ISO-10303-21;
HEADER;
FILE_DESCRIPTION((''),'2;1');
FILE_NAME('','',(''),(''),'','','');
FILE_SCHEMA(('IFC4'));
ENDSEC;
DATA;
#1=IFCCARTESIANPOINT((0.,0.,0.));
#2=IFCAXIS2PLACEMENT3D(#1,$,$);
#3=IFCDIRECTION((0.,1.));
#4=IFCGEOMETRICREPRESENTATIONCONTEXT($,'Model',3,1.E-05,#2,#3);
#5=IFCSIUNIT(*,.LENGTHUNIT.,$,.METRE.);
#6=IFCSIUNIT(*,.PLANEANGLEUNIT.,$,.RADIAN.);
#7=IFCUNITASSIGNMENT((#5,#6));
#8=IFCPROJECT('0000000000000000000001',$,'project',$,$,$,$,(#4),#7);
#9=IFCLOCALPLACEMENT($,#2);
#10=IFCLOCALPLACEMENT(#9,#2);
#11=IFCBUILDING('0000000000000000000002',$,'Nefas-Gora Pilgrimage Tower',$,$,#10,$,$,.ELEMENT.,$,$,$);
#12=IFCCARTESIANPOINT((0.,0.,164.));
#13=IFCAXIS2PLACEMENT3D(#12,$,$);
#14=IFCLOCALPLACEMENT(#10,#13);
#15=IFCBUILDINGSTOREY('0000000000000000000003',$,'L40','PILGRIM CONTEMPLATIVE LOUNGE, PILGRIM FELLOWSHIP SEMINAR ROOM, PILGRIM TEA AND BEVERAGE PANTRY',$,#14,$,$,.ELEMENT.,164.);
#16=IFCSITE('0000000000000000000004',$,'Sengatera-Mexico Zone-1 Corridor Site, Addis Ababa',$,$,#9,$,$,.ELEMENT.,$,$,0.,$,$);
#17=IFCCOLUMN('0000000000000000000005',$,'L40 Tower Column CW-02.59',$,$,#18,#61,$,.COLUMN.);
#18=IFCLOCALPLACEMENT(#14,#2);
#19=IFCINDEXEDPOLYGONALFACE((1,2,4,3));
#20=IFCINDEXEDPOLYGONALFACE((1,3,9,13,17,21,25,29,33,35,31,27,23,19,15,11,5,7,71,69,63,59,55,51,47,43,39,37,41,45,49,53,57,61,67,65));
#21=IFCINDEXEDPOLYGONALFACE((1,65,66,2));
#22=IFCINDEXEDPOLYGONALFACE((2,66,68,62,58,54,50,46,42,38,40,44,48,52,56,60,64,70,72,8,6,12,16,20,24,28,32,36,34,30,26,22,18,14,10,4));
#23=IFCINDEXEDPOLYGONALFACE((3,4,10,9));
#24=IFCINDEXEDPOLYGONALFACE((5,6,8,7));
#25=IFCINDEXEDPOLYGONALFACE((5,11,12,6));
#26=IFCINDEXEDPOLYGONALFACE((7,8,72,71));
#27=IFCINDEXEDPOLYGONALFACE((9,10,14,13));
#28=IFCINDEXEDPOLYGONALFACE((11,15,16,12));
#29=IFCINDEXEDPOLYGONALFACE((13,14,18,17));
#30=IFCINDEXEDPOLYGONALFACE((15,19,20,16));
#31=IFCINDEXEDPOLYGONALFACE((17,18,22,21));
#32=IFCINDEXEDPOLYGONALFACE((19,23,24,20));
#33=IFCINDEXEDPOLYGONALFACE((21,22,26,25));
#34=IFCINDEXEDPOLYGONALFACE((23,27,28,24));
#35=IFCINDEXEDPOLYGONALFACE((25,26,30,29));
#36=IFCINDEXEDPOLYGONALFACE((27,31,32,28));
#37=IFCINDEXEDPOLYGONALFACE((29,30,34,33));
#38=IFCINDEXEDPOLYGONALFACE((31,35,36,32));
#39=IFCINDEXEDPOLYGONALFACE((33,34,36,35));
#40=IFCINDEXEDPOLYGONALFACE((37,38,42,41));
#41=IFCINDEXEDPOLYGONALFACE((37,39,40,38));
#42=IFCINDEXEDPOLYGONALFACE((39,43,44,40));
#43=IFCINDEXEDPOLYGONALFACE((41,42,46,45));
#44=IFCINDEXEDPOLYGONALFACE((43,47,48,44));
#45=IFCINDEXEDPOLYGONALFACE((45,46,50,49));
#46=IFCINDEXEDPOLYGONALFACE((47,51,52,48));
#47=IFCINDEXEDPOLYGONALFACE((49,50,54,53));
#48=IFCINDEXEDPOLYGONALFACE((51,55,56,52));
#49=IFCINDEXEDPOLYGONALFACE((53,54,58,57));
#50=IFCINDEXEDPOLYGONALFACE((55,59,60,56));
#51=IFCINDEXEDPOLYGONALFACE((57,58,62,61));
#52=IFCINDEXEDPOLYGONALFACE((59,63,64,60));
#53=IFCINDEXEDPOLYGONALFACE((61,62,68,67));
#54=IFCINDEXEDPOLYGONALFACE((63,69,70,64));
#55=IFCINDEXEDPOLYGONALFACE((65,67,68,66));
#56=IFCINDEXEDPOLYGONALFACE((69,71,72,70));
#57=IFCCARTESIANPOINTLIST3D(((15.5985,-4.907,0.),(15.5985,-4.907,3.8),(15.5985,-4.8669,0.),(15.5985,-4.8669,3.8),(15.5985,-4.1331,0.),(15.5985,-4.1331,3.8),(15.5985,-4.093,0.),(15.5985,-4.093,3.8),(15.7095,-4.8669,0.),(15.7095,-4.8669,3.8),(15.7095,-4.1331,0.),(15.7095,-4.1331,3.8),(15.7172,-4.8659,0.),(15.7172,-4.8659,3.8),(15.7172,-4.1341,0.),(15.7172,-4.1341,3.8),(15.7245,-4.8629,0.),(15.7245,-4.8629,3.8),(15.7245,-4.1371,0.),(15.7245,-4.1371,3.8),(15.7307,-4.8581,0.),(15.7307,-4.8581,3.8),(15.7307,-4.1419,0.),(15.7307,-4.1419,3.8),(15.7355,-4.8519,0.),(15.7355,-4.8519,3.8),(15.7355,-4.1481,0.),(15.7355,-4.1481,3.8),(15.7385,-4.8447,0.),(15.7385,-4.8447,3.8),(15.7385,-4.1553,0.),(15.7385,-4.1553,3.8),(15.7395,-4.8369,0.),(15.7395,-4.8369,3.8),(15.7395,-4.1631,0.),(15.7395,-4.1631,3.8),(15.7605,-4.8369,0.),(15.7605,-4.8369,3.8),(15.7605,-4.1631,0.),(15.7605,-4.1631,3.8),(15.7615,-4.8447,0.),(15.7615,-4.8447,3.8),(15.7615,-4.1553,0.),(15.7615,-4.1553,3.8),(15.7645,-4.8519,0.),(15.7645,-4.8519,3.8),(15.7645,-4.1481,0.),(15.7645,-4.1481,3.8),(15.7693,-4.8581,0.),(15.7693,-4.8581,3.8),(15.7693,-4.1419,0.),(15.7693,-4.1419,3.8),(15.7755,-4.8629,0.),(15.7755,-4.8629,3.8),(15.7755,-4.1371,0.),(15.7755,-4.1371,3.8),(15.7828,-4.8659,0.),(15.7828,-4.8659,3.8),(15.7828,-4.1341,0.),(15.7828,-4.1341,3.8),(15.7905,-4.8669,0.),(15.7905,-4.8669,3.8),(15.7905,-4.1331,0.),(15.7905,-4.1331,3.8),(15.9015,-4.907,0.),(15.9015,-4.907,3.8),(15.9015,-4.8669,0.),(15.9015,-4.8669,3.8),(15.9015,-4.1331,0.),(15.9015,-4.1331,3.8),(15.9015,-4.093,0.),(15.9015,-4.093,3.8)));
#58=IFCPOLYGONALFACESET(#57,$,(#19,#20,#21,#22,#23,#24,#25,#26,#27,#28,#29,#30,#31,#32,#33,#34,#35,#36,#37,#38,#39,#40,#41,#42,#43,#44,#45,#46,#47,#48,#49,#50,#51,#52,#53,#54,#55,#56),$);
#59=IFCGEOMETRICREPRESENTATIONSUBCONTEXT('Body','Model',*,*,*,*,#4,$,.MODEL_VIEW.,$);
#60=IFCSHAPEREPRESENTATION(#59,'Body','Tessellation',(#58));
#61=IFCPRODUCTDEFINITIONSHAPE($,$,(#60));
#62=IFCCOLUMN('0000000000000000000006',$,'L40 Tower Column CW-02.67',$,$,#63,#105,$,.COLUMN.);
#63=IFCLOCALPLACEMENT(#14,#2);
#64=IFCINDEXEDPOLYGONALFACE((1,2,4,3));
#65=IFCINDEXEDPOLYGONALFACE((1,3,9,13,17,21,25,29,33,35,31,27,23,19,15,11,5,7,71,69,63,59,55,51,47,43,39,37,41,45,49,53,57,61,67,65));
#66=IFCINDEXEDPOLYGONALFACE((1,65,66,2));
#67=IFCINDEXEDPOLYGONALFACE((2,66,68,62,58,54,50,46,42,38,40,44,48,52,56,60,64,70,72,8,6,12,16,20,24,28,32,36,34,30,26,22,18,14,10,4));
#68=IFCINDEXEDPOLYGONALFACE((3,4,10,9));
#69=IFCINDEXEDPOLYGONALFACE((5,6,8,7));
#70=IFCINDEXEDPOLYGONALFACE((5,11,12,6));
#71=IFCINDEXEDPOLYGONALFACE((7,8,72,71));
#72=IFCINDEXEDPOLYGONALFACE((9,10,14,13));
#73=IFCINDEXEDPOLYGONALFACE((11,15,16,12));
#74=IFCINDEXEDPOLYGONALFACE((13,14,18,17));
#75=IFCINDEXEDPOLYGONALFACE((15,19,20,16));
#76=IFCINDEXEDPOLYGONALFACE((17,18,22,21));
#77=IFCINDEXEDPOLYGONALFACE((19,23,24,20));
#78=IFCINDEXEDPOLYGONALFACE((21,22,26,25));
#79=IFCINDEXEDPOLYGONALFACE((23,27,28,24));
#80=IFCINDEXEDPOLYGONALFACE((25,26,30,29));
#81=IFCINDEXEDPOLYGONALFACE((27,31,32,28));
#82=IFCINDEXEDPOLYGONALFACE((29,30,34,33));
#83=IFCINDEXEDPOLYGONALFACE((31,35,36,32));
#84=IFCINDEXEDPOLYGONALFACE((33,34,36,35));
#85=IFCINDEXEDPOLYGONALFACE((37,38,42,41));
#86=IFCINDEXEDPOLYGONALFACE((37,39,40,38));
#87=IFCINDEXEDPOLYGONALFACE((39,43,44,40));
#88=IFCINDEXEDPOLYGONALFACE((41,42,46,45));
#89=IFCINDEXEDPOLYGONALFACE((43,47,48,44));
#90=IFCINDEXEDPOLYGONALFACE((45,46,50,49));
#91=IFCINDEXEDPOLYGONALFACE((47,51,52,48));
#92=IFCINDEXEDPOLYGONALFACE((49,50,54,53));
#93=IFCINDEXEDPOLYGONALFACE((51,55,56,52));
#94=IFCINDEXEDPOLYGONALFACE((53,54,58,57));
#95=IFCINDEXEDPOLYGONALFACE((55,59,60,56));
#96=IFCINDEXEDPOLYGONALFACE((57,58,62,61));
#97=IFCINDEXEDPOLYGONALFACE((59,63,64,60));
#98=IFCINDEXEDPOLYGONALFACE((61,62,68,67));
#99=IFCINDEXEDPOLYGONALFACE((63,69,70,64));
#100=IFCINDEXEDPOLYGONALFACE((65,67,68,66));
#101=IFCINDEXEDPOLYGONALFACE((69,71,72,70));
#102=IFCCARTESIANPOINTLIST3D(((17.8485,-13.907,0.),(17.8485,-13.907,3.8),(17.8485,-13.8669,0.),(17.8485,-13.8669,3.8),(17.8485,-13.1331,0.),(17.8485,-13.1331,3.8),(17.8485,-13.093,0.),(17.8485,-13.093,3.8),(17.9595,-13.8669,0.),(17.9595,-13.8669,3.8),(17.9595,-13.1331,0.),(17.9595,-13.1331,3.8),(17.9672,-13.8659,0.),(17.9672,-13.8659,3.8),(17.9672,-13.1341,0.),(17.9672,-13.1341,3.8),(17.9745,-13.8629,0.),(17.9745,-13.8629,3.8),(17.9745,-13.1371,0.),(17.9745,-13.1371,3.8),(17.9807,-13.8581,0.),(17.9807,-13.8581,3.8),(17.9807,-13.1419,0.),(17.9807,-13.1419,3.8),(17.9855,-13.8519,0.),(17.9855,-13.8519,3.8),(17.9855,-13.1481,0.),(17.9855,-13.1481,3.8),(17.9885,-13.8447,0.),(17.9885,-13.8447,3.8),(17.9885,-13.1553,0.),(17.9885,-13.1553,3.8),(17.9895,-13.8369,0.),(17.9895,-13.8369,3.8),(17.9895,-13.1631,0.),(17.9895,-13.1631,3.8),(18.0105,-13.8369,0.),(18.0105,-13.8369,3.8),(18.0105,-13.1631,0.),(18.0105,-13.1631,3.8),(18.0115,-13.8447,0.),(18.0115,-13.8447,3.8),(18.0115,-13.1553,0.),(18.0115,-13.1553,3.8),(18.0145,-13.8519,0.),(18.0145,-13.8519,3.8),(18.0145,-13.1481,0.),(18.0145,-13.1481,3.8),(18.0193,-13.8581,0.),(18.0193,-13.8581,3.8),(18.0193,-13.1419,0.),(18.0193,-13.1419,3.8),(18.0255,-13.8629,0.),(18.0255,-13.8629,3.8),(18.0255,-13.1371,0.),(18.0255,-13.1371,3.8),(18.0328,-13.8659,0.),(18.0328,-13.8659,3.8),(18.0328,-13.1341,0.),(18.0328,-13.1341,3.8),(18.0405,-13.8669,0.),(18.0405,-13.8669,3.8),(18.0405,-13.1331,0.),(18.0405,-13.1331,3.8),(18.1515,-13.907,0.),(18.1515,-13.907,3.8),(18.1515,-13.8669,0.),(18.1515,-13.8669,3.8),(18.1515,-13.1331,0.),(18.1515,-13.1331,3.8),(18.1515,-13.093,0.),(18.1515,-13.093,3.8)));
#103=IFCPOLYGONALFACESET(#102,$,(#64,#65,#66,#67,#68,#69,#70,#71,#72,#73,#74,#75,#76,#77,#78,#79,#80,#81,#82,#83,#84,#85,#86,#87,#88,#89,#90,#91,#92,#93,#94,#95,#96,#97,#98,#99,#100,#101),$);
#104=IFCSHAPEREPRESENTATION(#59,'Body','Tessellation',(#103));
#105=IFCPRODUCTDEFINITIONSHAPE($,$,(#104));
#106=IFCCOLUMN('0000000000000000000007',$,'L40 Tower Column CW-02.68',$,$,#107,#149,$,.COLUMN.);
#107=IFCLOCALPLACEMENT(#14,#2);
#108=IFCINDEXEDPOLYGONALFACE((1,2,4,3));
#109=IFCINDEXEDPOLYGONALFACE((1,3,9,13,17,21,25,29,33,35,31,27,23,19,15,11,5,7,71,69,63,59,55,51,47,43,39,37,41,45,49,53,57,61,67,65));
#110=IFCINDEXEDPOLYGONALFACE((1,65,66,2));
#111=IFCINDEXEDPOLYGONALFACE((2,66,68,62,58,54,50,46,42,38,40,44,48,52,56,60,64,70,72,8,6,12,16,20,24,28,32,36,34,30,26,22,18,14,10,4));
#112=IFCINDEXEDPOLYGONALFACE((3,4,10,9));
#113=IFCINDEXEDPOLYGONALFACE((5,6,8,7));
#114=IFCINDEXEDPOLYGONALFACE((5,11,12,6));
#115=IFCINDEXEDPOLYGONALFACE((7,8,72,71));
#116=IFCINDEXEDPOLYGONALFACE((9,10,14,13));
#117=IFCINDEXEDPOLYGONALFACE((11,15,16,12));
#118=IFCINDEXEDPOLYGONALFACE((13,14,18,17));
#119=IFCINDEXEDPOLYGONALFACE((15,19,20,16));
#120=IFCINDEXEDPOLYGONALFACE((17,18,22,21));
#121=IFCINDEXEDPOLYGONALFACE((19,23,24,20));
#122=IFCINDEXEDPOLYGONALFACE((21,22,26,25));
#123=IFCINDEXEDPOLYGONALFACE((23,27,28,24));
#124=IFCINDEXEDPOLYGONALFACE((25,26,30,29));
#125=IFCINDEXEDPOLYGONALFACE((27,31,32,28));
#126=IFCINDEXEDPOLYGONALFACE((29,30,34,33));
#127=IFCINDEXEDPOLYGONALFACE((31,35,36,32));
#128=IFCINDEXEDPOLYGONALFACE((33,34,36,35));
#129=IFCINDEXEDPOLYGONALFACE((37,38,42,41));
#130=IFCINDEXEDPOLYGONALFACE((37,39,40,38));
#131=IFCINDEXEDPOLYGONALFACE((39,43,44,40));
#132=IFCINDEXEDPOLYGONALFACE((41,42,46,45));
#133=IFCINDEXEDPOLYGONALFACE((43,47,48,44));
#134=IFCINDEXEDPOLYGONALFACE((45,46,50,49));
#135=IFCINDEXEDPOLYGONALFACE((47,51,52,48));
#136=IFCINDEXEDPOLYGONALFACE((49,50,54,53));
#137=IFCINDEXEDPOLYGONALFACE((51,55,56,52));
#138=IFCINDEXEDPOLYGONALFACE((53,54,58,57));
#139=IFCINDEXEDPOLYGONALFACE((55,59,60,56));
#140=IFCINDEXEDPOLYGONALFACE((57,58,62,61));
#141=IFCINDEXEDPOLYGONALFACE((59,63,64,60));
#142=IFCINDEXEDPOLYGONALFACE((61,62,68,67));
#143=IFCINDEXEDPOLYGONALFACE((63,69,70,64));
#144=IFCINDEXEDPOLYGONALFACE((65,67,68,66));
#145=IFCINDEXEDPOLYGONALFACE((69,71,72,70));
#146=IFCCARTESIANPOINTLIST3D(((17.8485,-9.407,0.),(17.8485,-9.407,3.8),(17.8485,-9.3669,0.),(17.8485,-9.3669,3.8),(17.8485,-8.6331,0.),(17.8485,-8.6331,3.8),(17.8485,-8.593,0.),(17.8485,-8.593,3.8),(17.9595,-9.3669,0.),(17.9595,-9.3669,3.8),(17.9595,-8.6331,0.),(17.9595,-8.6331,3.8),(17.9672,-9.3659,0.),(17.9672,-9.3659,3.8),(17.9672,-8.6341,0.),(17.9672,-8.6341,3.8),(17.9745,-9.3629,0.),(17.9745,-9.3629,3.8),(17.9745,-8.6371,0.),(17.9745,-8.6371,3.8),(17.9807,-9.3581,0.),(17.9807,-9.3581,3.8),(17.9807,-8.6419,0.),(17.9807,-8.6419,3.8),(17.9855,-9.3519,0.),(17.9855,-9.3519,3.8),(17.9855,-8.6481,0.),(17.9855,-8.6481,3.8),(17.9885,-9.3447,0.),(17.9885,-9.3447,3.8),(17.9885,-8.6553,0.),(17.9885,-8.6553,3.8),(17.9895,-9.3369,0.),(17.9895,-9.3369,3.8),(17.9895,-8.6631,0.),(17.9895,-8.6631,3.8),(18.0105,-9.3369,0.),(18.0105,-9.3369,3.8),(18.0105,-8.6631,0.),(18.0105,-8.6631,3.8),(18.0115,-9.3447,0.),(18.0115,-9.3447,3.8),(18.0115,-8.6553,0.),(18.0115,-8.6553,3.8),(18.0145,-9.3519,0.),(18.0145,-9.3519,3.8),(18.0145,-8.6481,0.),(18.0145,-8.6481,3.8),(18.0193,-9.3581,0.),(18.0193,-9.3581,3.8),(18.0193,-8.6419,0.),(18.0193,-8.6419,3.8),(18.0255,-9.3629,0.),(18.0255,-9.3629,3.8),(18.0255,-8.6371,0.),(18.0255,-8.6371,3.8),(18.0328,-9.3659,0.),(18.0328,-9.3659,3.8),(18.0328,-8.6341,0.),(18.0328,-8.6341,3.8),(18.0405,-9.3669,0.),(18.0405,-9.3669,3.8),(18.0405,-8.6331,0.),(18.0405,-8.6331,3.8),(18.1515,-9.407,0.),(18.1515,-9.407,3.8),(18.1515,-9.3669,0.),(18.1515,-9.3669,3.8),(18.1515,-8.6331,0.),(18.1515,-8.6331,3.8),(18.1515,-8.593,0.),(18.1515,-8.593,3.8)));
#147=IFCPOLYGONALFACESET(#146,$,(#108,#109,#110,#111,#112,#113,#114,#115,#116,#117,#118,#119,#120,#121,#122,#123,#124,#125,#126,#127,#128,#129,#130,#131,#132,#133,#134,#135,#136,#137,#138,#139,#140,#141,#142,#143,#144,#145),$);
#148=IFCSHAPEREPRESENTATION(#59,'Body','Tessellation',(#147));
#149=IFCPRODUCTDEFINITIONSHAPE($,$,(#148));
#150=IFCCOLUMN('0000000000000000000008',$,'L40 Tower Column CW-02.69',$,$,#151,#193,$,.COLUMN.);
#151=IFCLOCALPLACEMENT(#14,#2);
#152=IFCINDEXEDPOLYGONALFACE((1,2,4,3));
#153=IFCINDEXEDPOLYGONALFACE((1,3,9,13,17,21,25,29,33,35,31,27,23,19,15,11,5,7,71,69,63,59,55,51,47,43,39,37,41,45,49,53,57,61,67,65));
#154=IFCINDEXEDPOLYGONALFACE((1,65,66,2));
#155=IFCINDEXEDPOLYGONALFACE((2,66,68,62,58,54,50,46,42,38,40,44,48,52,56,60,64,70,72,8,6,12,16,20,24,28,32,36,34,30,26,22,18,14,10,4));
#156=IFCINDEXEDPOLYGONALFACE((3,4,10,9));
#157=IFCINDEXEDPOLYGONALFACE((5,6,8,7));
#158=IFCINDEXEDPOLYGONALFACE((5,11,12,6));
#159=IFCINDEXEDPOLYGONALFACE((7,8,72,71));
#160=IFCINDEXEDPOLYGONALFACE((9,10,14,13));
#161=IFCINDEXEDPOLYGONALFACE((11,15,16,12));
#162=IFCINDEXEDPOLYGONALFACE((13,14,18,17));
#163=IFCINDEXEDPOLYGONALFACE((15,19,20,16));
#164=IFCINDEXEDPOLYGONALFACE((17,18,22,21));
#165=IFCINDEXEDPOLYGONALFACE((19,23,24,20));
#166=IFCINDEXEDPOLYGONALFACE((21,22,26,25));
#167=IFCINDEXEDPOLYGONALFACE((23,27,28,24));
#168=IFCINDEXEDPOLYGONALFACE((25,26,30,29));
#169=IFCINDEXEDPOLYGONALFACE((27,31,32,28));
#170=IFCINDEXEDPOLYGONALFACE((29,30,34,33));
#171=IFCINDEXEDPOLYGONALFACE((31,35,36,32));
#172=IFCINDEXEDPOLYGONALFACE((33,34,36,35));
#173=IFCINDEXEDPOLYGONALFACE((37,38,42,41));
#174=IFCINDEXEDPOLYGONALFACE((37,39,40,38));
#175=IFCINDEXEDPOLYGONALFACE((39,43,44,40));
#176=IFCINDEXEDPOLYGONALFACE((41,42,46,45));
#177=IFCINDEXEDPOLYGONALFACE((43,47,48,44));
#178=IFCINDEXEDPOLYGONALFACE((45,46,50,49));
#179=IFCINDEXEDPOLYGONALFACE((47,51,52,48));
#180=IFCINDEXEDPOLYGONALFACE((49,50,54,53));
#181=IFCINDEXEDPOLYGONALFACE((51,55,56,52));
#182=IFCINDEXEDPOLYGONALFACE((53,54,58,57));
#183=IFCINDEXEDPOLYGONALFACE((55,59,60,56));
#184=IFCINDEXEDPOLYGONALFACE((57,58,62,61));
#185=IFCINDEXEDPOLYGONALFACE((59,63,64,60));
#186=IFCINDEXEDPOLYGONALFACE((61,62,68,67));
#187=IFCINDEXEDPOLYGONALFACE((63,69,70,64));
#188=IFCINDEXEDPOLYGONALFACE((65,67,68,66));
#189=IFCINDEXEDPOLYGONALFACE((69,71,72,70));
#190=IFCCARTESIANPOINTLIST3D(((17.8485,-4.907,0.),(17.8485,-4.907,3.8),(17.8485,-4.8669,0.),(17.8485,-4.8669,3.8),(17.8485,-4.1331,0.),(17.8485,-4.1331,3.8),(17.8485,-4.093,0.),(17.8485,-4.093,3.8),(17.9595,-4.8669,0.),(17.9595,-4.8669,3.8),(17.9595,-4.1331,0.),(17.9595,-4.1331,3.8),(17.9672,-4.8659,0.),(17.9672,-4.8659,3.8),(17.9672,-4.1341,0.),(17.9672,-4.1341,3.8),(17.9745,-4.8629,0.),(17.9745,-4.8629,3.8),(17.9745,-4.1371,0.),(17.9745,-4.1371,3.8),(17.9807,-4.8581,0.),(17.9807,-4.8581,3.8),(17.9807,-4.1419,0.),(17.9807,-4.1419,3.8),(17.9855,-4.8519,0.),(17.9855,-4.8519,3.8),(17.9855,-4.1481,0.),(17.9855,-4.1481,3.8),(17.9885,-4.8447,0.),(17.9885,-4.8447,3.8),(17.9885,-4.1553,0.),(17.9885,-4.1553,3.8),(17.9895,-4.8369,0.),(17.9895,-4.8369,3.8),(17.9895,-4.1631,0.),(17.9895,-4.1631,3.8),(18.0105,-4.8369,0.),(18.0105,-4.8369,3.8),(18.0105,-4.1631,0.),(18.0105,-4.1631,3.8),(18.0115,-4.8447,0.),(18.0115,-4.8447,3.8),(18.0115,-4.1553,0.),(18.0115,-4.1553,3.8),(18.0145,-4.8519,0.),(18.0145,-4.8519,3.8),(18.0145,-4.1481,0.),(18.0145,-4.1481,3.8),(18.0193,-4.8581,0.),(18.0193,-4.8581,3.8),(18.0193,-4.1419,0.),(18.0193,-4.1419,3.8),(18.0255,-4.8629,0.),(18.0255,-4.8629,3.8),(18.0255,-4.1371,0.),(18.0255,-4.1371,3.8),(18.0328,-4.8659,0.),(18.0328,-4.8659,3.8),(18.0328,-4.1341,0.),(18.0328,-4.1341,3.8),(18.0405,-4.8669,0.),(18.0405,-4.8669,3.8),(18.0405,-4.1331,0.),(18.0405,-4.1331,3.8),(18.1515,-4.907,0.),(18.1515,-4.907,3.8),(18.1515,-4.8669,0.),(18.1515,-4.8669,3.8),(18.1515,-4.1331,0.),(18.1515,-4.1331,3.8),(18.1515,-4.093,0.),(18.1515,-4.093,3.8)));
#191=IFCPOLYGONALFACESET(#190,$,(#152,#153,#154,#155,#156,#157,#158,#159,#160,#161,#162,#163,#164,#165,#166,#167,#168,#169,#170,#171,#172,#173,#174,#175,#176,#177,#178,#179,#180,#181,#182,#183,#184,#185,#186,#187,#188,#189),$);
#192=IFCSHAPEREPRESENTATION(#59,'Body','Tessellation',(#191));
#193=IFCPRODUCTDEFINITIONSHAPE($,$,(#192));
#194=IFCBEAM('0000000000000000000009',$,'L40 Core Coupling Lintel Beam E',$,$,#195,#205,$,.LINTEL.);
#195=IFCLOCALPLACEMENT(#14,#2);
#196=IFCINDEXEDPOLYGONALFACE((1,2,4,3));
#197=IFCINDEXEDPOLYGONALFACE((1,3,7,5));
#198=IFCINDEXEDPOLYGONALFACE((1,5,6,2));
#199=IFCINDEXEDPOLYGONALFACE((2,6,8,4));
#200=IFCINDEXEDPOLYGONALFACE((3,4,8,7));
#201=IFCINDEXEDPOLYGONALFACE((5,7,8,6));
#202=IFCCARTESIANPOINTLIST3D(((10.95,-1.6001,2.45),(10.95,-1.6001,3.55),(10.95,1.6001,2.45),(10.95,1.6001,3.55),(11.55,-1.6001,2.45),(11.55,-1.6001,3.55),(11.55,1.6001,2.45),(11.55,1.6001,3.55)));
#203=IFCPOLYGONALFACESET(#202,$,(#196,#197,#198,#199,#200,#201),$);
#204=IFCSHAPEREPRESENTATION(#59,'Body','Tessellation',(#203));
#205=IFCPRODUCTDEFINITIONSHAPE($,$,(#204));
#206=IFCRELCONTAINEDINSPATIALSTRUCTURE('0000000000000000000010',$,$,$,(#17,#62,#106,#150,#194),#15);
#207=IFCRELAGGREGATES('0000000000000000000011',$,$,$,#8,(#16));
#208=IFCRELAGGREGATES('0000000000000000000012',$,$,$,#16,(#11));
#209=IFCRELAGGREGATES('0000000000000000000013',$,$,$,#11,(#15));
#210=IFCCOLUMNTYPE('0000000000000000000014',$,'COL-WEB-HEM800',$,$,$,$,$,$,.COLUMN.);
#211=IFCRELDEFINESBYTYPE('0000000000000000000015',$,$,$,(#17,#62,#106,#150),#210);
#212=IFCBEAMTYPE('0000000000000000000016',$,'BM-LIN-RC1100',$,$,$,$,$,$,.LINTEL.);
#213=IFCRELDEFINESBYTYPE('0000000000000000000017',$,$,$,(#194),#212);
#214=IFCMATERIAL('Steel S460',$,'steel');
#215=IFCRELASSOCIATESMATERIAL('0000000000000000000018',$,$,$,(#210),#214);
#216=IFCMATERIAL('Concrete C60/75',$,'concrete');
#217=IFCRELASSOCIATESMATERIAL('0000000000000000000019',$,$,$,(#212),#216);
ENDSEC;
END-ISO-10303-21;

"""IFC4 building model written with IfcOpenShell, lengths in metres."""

from ifc_helpers import new_model, si_unit, direction, frame, origin, origin_2d, place, context, subcontext, project, spatial, rectangle, i_section, extrude, source, transform, mapped, material, material_profile, profile_set, type_object, element, save


model = new_model("IFC4")

# Units and contexts
model_context = context("Model", 3, precision=1e-05, world=origin(), true_north=direction((0.0, 1.0)))
body_context = subcontext(model_context, "Body", "Model", "MODEL_VIEW")
ifc_project = project(units=[si_unit("LENGTHUNIT", "METRE"), si_unit("PLANEANGLEUNIT", "RADIAN")], contexts=[model_context])

# Site, building, storey
site_placement = place(None, origin())
site = spatial("IfcSite", under=ifc_project, at=site_placement, Name="Sengatera-Mexico Zone-1 Corridor Site, Addis Ababa", CompositionType="ELEMENT", RefElevation=0.0)
building_placement = place(site_placement, origin())
building = spatial("IfcBuilding", under=site, at=building_placement, Name="Nefas-Gora Pilgrimage Tower", CompositionType="ELEMENT")
storey_placement = place(building_placement, frame((0.0, 0.0, 164.0)))
storey = spatial("IfcBuildingStorey", under=building, at=storey_placement, Name="L40", Description="PILGRIM CONTEMPLATIVE LOUNGE, PILGRIM FELLOWSHIP SEMINAR ROOM, PILGRIM TEA AND BEVERAGE PANTRY", CompositionType="ELEMENT", Elevation=164.0)

# Columns
ifc_material_1 = material(Name="Steel S460", Category="steel")
ifc_material_profile_1 = material_profile(ifc_material_1, i_section(OverallWidth=0.303, OverallDepth=0.814, WebThickness=0.021, FlangeThickness=0.04, FilletRadius=0.03, at=origin_2d()), Name="HEM 800")
ifc_profile_set_1 = profile_set([ifc_material_profile_1], Name="Steel S460")
column_type_1 = type_object("IfcColumnType", Name="COL-WEB-HEM800", PredefinedType="COLUMN", material=ifc_profile_set_1)
shared_shape_1 = source(origin(), body_context, "Body", "SweptSolid", [
    extrude(i_section(OverallWidth=0.303, OverallDepth=0.814, WebThickness=0.021, FlangeThickness=0.04, FilletRadius=0.03, at=origin_2d()), origin(), (0.0, 0.0, 1.0), 3.8),
])
for number, where, z_axis, x_axis, name in (
    (1, (15.75, -4.5, 0.0), (0.0, 0.0, 1.0), (1.0, 0.0, 0.0), "L40 Tower Column CW-02.59"),
    (2, (18.0, -13.5, 0.0), (0.0, 0.0, 1.0), (1.0, 0.0, 0.0), "L40 Tower Column CW-02.67"),
    (3, (18.0, -9.0, 0.0), (0.0, 0.0, 1.0), (1.0, 0.0, 0.0), "L40 Tower Column CW-02.68"),
    (4, (18.0, -4.5, 0.0), (0.0, 0.0, 1.0), (1.0, 0.0, 0.0), "L40 Tower Column CW-02.69"),
):
    element("IfcColumn", number, at=place(storey_placement, frame(where, z_axis=z_axis, x_axis=x_axis)), inside=storey, type_object=column_type_1, Name=name, PredefinedType="COLUMN", context=body_context, shape_type="MappedRepresentation", body=[
        mapped(shared_shape_1, transform((0.0, 0.0, 0.0), x_axis=(1.0, 0.0, 0.0), y_axis=(0.0, 1.0, 0.0), z_axis=(0.0, 0.0, 1.0), scale=1.0)),
    ])

# Beam
ifc_material_2 = material(Name="Concrete C60/75", Category="concrete")
ifc_material_profile_2 = material_profile(ifc_material_2, rectangle(XDim=0.6001, YDim=1.1001, at=origin_2d()), Name="RC 600x1100")
ifc_profile_set_2 = profile_set([ifc_material_profile_2], Name="Concrete C60/75")
beam_type_1 = type_object("IfcBeamType", Name="BM-LIN-RC1100", PredefinedType="LINTEL", material=ifc_profile_set_2)
shared_shape_2 = source(origin(), body_context, "Body", "SweptSolid", [
    extrude(rectangle(XDim=0.6001, YDim=1.1001, at=origin_2d()), origin(), (0.0, 0.0, 1.0), 3.2002),
])
beam_placement = place(storey_placement, frame((11.25, -1.6001, 3.0), z_axis=(0.0, 1.0, 0.0), x_axis=(-1.0, 0.0, 0.0)))
element("IfcBeam", 5, at=beam_placement, inside=storey, type_object=beam_type_1, Name="L40 Core Coupling Lintel Beam E", PredefinedType="LINTEL", context=body_context, shape_type="MappedRepresentation", body=[
    mapped(shared_shape_2, transform((0.0, 0.0, 0.0), x_axis=(1.0, 0.0, 0.0), y_axis=(0.0, 1.0, 0.0), z_axis=(0.0, 0.0, 1.0), scale=1.0)),
])

save(model, "model.ifc")
